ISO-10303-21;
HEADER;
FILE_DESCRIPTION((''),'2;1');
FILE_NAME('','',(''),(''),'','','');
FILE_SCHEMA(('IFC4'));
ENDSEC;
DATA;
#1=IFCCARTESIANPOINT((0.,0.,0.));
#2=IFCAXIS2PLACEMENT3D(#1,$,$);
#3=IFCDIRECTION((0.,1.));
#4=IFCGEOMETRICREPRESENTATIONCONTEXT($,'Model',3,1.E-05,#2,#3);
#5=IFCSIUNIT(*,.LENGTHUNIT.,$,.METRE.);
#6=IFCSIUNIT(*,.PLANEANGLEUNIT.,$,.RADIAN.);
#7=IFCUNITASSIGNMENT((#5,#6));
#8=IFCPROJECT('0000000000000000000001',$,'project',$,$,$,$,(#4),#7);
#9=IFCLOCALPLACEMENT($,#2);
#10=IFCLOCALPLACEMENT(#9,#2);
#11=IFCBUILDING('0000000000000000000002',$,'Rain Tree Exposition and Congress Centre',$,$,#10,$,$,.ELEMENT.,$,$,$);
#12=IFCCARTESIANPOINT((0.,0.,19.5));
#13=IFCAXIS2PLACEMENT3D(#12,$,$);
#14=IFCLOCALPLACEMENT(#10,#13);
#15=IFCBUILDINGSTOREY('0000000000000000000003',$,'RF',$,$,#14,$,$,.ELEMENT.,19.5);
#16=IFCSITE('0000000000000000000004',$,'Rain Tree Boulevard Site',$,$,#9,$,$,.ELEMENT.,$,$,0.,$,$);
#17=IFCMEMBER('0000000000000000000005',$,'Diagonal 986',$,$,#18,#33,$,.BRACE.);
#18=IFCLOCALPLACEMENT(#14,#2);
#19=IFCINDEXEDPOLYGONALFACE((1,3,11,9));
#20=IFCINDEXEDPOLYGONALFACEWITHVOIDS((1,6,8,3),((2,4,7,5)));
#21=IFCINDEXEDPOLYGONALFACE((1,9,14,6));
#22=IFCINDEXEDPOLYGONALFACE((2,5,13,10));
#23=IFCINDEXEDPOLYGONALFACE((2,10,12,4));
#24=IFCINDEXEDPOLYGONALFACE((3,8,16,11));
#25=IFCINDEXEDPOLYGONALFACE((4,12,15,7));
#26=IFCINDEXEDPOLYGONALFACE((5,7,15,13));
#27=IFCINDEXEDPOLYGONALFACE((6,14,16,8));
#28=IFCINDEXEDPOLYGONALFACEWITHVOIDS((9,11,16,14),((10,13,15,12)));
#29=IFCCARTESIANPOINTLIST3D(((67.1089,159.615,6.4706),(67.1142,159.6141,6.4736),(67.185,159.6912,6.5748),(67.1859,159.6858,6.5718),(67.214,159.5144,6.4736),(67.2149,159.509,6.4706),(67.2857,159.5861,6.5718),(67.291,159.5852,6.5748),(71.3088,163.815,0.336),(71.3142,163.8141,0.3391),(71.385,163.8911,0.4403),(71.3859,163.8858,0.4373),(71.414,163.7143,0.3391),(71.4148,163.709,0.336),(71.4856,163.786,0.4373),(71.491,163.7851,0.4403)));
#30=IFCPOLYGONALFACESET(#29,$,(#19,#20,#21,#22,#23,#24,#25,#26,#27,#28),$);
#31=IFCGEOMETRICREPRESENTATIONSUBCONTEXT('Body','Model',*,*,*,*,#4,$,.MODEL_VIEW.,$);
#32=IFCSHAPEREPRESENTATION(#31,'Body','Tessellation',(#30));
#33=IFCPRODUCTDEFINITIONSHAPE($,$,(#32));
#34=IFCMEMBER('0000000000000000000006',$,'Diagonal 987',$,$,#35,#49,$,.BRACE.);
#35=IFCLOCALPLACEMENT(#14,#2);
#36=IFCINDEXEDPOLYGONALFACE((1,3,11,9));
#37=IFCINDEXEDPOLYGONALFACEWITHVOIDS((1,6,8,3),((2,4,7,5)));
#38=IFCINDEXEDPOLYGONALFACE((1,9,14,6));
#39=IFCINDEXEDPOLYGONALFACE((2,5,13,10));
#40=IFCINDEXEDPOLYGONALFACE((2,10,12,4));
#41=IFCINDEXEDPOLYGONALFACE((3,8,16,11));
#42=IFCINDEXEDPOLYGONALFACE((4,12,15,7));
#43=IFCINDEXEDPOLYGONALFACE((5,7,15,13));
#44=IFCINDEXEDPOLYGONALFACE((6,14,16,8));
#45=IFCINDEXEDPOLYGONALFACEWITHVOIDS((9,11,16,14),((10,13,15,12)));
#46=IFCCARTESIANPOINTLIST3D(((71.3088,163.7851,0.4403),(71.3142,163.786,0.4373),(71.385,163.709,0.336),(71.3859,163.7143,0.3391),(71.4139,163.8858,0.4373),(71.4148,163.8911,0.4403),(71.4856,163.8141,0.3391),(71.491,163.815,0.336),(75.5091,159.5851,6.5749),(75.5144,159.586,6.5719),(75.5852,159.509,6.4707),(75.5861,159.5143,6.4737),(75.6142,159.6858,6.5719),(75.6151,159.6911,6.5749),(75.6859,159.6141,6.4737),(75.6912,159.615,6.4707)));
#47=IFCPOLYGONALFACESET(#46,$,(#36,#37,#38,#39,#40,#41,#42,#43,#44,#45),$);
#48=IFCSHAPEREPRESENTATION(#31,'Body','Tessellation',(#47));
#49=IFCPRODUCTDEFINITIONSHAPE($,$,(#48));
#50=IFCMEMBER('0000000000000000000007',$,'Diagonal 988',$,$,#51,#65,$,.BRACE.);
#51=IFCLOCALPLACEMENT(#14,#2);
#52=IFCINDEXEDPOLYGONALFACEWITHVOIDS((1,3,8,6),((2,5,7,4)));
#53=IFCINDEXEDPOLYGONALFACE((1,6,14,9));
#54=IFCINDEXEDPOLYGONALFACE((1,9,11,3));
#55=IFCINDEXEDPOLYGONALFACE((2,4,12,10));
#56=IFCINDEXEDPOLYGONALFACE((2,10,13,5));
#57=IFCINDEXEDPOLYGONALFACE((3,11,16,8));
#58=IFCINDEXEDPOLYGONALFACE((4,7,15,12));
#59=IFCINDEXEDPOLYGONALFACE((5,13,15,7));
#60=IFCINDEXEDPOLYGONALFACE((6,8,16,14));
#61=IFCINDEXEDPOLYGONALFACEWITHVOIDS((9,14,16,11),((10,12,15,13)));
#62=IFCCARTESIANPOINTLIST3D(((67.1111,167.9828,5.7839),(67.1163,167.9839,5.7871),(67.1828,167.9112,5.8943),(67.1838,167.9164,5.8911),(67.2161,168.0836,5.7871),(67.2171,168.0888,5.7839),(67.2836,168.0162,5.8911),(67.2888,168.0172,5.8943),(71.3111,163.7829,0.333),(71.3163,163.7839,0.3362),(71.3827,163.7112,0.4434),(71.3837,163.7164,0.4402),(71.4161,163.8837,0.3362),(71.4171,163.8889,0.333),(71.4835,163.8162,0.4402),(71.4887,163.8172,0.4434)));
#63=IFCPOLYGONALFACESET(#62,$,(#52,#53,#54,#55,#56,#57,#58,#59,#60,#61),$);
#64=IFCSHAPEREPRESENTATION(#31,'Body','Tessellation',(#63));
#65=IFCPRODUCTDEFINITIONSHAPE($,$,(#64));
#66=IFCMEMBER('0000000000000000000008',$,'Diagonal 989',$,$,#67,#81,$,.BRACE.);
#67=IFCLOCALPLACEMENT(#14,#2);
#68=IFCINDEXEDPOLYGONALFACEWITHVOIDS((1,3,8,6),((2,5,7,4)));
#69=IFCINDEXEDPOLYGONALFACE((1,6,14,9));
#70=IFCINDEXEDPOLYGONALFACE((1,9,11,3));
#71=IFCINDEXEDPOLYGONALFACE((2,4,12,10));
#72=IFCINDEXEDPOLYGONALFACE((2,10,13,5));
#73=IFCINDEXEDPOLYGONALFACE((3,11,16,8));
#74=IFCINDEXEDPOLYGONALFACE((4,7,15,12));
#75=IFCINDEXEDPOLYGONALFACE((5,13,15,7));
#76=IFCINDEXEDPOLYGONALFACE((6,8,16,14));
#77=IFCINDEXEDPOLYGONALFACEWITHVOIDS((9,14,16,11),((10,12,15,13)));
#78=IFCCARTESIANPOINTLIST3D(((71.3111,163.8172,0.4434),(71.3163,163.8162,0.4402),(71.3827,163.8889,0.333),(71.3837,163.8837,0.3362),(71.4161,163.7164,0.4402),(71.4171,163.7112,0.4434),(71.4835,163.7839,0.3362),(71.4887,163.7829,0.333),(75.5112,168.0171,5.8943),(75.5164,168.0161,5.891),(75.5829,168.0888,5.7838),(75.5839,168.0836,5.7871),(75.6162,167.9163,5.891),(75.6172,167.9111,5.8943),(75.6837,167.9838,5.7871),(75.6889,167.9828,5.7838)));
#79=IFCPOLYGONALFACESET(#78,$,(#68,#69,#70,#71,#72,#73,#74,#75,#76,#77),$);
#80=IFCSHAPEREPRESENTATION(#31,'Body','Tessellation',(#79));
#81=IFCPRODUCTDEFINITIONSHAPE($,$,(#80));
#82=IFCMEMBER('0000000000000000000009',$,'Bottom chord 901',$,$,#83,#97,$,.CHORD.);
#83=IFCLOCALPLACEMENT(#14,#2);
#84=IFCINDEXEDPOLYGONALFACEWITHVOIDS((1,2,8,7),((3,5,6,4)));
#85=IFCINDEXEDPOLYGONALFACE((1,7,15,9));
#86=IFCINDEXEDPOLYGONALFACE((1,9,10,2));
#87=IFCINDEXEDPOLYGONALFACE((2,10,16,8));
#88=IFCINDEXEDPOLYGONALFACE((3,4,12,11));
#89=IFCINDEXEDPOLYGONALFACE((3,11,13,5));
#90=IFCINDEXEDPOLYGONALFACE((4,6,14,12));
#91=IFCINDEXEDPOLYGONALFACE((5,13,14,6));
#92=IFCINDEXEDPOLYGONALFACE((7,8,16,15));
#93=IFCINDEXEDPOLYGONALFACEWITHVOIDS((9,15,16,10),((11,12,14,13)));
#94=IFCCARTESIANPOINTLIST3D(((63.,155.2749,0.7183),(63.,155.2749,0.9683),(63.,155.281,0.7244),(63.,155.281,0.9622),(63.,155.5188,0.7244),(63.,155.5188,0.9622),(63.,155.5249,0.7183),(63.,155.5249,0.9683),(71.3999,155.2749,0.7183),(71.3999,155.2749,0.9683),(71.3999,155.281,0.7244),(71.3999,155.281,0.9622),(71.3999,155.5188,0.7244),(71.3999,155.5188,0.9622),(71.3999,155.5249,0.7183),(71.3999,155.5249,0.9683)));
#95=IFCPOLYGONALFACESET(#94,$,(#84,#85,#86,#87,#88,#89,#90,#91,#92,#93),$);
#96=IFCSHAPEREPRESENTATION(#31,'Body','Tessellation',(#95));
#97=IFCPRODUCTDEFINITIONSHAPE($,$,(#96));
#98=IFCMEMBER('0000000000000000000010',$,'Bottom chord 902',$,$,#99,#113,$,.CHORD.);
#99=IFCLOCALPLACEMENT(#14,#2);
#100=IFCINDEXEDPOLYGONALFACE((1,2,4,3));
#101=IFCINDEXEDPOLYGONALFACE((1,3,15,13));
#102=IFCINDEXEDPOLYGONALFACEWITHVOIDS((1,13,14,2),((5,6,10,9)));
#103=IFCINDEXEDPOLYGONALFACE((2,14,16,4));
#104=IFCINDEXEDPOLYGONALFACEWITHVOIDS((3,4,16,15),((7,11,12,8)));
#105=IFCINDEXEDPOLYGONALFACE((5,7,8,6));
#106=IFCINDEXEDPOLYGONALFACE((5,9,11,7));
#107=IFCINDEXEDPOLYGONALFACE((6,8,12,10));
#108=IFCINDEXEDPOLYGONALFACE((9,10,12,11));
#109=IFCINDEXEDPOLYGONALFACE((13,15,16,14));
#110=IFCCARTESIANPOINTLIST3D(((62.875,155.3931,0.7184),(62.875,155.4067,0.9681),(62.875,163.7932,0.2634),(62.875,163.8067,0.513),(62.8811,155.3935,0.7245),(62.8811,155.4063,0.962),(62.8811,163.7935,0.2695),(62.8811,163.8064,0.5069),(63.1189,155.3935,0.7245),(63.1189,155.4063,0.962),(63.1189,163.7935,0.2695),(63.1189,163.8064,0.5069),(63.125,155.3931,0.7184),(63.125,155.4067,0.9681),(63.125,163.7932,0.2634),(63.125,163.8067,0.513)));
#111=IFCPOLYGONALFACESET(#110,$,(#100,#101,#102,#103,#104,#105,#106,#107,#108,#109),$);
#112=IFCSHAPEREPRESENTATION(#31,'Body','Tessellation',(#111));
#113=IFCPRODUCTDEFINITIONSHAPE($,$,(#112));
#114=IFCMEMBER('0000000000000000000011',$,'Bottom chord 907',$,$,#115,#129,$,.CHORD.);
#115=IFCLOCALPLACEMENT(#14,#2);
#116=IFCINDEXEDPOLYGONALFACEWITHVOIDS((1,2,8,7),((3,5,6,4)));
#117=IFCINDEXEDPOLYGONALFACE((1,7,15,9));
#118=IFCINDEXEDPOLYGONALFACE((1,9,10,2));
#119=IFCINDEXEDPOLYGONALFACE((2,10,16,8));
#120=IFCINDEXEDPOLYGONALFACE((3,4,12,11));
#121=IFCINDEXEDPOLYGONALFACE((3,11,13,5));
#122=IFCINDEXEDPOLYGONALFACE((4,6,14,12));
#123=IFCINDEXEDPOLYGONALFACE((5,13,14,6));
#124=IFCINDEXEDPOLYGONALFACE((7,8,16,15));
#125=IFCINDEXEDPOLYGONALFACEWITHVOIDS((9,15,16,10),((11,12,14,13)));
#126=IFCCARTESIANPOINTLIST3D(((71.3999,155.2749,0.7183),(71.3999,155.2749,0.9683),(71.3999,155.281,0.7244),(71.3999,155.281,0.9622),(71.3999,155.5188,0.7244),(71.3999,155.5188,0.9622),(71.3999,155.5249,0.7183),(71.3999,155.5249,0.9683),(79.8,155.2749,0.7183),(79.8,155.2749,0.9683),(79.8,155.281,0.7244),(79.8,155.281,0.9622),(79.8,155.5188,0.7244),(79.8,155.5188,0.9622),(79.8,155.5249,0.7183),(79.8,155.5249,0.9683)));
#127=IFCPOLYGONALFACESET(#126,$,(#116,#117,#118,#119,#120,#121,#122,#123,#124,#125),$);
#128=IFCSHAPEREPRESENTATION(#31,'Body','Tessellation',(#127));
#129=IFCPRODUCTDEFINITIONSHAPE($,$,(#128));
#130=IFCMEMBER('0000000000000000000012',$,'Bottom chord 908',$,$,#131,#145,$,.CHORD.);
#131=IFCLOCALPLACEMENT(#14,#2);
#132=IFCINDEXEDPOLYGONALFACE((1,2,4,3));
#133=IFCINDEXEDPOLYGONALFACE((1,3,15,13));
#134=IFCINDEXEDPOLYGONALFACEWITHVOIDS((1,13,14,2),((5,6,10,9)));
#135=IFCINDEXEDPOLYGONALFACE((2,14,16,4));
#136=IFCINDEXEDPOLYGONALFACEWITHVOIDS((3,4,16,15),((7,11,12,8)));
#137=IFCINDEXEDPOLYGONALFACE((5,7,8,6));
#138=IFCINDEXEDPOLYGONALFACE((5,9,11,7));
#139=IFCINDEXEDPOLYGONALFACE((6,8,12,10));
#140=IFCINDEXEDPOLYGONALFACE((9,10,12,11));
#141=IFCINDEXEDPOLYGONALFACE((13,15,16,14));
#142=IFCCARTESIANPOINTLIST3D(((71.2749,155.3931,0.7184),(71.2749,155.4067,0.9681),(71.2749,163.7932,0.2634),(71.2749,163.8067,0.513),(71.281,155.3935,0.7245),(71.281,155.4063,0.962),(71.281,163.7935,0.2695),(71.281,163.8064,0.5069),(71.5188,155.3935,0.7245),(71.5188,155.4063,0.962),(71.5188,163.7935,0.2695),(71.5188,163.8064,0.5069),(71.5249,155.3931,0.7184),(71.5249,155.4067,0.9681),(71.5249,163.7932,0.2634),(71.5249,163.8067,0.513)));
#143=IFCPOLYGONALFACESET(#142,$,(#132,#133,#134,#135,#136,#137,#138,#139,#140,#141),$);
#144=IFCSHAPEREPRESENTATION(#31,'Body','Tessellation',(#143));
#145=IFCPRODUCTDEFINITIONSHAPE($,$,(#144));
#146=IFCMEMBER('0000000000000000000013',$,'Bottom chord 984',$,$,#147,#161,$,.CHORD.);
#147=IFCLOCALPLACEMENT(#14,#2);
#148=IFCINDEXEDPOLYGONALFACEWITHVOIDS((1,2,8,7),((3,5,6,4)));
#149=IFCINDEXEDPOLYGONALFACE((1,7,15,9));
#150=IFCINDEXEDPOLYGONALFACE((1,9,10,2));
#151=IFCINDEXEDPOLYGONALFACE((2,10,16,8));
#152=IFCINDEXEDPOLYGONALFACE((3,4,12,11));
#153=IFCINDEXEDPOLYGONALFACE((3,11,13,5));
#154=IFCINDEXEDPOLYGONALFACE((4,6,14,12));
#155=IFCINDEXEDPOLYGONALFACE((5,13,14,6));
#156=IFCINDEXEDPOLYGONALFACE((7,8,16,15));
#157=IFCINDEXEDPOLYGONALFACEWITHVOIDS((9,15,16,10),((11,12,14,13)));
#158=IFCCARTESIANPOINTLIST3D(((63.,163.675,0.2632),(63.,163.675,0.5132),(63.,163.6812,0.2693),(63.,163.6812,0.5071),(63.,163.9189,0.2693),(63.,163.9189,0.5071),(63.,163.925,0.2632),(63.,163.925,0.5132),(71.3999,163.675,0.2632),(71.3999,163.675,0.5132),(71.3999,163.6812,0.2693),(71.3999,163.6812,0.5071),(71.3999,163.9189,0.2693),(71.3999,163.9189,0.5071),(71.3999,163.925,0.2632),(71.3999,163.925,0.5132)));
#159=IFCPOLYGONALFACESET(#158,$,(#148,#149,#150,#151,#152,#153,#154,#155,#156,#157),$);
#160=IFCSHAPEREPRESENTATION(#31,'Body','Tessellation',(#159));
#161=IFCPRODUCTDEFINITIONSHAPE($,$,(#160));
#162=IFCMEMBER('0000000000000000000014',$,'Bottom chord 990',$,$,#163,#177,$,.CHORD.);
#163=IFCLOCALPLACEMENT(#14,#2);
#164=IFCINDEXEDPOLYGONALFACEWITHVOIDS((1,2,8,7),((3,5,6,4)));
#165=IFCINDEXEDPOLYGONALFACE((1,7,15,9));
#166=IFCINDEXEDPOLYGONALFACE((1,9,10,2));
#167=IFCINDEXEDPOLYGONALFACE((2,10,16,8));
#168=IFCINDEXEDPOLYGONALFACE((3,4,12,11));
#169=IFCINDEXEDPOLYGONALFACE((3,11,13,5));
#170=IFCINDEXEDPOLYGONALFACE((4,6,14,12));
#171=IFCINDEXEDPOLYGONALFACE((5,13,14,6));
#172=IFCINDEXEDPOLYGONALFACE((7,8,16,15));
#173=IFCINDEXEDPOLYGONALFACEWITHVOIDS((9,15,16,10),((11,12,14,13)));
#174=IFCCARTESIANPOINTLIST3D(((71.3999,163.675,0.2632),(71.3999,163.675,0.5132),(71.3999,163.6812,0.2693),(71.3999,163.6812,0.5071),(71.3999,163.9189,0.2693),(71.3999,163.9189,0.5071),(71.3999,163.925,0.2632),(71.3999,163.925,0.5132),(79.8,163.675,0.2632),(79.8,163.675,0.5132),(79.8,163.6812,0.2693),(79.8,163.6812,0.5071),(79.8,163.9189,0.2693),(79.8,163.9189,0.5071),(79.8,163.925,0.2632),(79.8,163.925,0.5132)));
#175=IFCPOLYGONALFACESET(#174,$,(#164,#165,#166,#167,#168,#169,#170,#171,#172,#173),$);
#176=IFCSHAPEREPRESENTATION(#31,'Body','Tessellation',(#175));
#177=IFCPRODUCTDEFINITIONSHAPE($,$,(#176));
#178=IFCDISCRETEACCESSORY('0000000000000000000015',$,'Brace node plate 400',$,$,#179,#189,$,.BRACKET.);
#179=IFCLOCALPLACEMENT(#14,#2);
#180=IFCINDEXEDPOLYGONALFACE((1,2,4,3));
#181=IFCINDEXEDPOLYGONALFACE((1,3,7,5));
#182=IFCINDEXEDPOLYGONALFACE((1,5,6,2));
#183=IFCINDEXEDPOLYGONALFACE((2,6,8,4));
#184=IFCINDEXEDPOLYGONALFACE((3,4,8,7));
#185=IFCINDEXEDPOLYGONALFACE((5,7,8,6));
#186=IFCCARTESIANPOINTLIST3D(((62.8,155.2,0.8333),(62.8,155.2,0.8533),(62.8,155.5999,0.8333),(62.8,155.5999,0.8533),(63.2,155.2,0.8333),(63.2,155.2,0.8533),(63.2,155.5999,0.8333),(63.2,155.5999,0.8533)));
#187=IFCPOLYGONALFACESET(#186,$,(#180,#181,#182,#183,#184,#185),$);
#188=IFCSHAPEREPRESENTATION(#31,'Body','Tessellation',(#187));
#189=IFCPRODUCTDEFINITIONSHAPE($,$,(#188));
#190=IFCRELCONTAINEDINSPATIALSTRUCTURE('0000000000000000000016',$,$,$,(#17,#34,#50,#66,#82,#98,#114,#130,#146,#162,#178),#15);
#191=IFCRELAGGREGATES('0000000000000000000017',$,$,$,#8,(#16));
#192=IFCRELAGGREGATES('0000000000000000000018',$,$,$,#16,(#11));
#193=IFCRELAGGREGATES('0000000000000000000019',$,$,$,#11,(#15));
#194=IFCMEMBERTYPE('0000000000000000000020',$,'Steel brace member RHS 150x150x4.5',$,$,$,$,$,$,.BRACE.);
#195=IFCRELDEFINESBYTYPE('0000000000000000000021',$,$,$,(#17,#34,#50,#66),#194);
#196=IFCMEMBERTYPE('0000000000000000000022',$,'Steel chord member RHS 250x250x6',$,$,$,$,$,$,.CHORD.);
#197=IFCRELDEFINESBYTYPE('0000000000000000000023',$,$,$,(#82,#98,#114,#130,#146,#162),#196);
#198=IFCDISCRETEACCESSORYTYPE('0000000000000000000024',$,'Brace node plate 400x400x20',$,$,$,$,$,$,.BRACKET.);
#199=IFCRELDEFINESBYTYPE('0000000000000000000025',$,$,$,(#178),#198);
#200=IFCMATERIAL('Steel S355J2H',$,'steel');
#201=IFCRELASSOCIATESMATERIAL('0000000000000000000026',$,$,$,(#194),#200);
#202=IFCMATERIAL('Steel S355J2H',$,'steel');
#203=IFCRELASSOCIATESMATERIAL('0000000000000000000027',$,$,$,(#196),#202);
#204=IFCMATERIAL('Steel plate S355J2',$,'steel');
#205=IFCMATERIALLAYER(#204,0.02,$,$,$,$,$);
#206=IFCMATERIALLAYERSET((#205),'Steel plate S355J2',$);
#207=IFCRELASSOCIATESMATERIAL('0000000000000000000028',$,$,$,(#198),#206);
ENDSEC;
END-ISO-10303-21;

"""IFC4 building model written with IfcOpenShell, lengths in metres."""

from ifc_helpers import new_model, si_unit, direction, frame, origin, origin_2d, place, context, subcontext, project, spatial, rectangle, hollow_rectangle, extrude, material, layer, layer_set, material_profile, profile_set, type_object, element, save


model = new_model("IFC4")

# Units and contexts
model_context = context("Model", 3, precision=1e-05, world=origin(), true_north=direction((0.0, 1.0)))
body_context = subcontext(model_context, "Body", "Model", "MODEL_VIEW")
ifc_project = project(units=[si_unit("LENGTHUNIT", "METRE"), si_unit("PLANEANGLEUNIT", "RADIAN")], contexts=[model_context])

# Site, building, storey
site_placement = place(None, origin())
site = spatial("IfcSite", under=ifc_project, at=site_placement, Name="Rain Tree Boulevard Site", CompositionType="ELEMENT", RefElevation=0.0)
building_placement = place(site_placement, origin())
building = spatial("IfcBuilding", under=site, at=building_placement, Name="Rain Tree Exposition and Congress Centre", CompositionType="ELEMENT")
storey_placement = place(building_placement, frame((0.0, 0.0, 19.5)))
storey = spatial("IfcBuildingStorey", under=building, at=storey_placement, Name="RF", CompositionType="ELEMENT", Elevation=19.5)

# Members
ifc_material_1 = material(Name="Steel S355J2H", Category="steel")
ifc_material_profile_1 = material_profile(ifc_material_1, hollow_rectangle(XDim=0.1499, YDim=0.1499, WallThickness=0.0044, at=origin_2d()), Name="RHS 150x150x4.5")
ifc_profile_set_1 = profile_set([ifc_material_profile_1], Name="Steel S355J2H")
member_type_1 = type_object("IfcMemberType", Name="Steel brace member RHS 150x150x4.5", PredefinedType="BRACE", material=ifc_profile_set_1)
member_1_placement = place(storey_placement, frame((71.3999, 163.8, 0.3882), z_axis=(-0.491865, -0.491865, 0.718427), x_axis=(0.707107, -0.707107, 0.0)))
element("IfcMember", 1, at=member_1_placement, inside=storey, type_object=member_type_1, Name="Diagonal 986", PredefinedType="BRACE", context=body_context, shape_type="SweptSolid", body=[
    extrude(hollow_rectangle(XDim=0.1499, YDim=0.1499, WallThickness=0.0044, at=origin_2d()), origin(), (0.0, 0.0, 1.0), 8.5388),
])
member_2_placement = place(storey_placement, frame((71.3999, 163.8, 0.3882), z_axis=(0.491887, -0.491858, 0.718417), x_axis=(0.707086, 0.707127, 0.0)))
element("IfcMember", 2, at=member_2_placement, inside=storey, type_object=member_type_1, Name="Diagonal 987", PredefinedType="BRACE", context=body_context, shape_type="SweptSolid", body=[
    extrude(hollow_rectangle(XDim=0.1499, YDim=0.1499, WallThickness=0.0044, at=origin_2d()), origin(), (0.0, 0.0, 1.0), 8.5391),
])
for number, where, z_axis, x_axis, name in (
    (3, (71.3999, 163.8, 0.3882), (-0.520973, 0.520973, 0.676147), (-0.707107, -0.707107, 0.0), "Diagonal 988"),
    (4, (71.3999, 163.8, 0.3882), (0.520995, 0.520965, 0.676136), (-0.707086, 0.707127, 0.0), "Diagonal 989"),
):
    element("IfcMember", number, at=place(storey_placement, frame(where, z_axis=z_axis, x_axis=x_axis)), inside=storey, type_object=member_type_1, Name=name, PredefinedType="BRACE", context=body_context, shape_type="SweptSolid", body=[
        extrude(hollow_rectangle(XDim=0.1499, YDim=0.1499, WallThickness=0.0044, at=origin_2d()), origin(), (0.0, 0.0, 1.0), 8.0618),
    ])
ifc_material_2 = material(Name="Steel S355J2H", Category="steel")
ifc_material_profile_2 = material_profile(ifc_material_2, hollow_rectangle(XDim=0.25, YDim=0.25, WallThickness=0.0061, at=origin_2d()), Name="RHS 250x250x6")
ifc_profile_set_2 = profile_set([ifc_material_profile_2], Name="Steel S355J2H")
member_type_2 = type_object("IfcMemberType", Name="Steel chord member RHS 250x250x6", PredefinedType="CHORD", material=ifc_profile_set_2)
member_3_placement = place(storey_placement, frame((63.0, 155.3999, 0.8433), z_axis=(1.0, 0.0, 0.0), x_axis=(0.0, 1.0, 0.0)))
element("IfcMember", 5, at=member_3_placement, inside=storey, type_object=member_type_2, Name="Bottom chord 901", PredefinedType="CHORD", context=body_context, shape_type="SweptSolid", body=[
    extrude(hollow_rectangle(XDim=0.25, YDim=0.25, WallThickness=0.0061, at=origin_2d()), origin(), (0.0, 0.0, 1.0), 8.3999),
])
member_4_placement = place(storey_placement, frame((63.0, 155.3999, 0.8433), z_axis=(0.0, 0.998536, -0.054096), x_axis=(-1.0, 0.0, 0.0)))
element("IfcMember", 6, at=member_4_placement, inside=storey, type_object=member_type_2, Name="Bottom chord 902", PredefinedType="CHORD", context=body_context, shape_type="SweptSolid", body=[
    extrude(hollow_rectangle(XDim=0.25, YDim=0.25, WallThickness=0.0061, at=origin_2d()), origin(), (0.0, 0.0, 1.0), 8.4124),
])
member_5_placement = place(storey_placement, frame((71.3999, 155.3999, 0.8433), z_axis=(1.0, 0.0, 0.0), x_axis=(0.0, 1.0, 0.0)))
element("IfcMember", 7, at=member_5_placement, inside=storey, type_object=member_type_2, Name="Bottom chord 907", PredefinedType="CHORD", context=body_context, shape_type="SweptSolid", body=[
    extrude(hollow_rectangle(XDim=0.25, YDim=0.25, WallThickness=0.0061, at=origin_2d()), origin(), (0.0, 0.0, 1.0), 8.4001),
])
member_6_placement = place(storey_placement, frame((71.3999, 155.3999, 0.8433), z_axis=(0.0, 0.998536, -0.054096), x_axis=(-1.0, 0.0, 0.0)))
element("IfcMember", 8, at=member_6_placement, inside=storey, type_object=member_type_2, Name="Bottom chord 908", PredefinedType="CHORD", context=body_context, shape_type="SweptSolid", body=[
    extrude(hollow_rectangle(XDim=0.25, YDim=0.25, WallThickness=0.0061, at=origin_2d()), origin(), (0.0, 0.0, 1.0), 8.4124),
])
member_7_placement = place(storey_placement, frame((63.0, 163.8, 0.3882), z_axis=(1.0, 0.0, 0.0), x_axis=(0.0, 1.0, 0.0)))
element("IfcMember", 9, at=member_7_placement, inside=storey, type_object=member_type_2, Name="Bottom chord 984", PredefinedType="CHORD", context=body_context, shape_type="SweptSolid", body=[
    extrude(hollow_rectangle(XDim=0.25, YDim=0.25, WallThickness=0.0061, at=origin_2d()), origin(), (0.0, 0.0, 1.0), 8.3999),
])
member_8_placement = place(storey_placement, frame((71.3999, 163.8, 0.3882), z_axis=(1.0, 0.0, 0.0), x_axis=(0.0, 1.0, 0.0)))
element("IfcMember", 10, at=member_8_placement, inside=storey, type_object=member_type_2, Name="Bottom chord 990", PredefinedType="CHORD", context=body_context, shape_type="SweptSolid", body=[
    extrude(hollow_rectangle(XDim=0.25, YDim=0.25, WallThickness=0.0061, at=origin_2d()), origin(), (0.0, 0.0, 1.0), 8.4001),
])

# Discrete accessory
ifc_material_3 = material(Name="Steel plate S355J2", Category="steel")
ifc_layer_1 = layer(ifc_material_3, 0.02)
ifc_layer_set_1 = layer_set([ifc_layer_1], Name="Steel plate S355J2")
discrete_accessory_type_1 = type_object("IfcDiscreteAccessoryType", Name="Brace node plate 400x400x20", PredefinedType="BRACKET", material=ifc_layer_set_1)
for number, where, z_axis, x_axis, name in (
    (11, (63.0, 155.3999, 0.8333), (0.0, 0.0, 1.0), (1.0, 0.0, 0.0), "Brace node plate 400"),
):
    element("IfcDiscreteAccessory", number, at=place(storey_placement, frame(where, z_axis=z_axis, x_axis=x_axis)), inside=storey, type_object=discrete_accessory_type_1, Name=name, PredefinedType="BRACKET", context=body_context, shape_type="SweptSolid", body=[
        extrude(rectangle(XDim=0.3999, YDim=0.3999, at=origin_2d()), origin(), (0.0, 0.0, 1.0), 0.02),
    ])

save(model, "model.ifc")
